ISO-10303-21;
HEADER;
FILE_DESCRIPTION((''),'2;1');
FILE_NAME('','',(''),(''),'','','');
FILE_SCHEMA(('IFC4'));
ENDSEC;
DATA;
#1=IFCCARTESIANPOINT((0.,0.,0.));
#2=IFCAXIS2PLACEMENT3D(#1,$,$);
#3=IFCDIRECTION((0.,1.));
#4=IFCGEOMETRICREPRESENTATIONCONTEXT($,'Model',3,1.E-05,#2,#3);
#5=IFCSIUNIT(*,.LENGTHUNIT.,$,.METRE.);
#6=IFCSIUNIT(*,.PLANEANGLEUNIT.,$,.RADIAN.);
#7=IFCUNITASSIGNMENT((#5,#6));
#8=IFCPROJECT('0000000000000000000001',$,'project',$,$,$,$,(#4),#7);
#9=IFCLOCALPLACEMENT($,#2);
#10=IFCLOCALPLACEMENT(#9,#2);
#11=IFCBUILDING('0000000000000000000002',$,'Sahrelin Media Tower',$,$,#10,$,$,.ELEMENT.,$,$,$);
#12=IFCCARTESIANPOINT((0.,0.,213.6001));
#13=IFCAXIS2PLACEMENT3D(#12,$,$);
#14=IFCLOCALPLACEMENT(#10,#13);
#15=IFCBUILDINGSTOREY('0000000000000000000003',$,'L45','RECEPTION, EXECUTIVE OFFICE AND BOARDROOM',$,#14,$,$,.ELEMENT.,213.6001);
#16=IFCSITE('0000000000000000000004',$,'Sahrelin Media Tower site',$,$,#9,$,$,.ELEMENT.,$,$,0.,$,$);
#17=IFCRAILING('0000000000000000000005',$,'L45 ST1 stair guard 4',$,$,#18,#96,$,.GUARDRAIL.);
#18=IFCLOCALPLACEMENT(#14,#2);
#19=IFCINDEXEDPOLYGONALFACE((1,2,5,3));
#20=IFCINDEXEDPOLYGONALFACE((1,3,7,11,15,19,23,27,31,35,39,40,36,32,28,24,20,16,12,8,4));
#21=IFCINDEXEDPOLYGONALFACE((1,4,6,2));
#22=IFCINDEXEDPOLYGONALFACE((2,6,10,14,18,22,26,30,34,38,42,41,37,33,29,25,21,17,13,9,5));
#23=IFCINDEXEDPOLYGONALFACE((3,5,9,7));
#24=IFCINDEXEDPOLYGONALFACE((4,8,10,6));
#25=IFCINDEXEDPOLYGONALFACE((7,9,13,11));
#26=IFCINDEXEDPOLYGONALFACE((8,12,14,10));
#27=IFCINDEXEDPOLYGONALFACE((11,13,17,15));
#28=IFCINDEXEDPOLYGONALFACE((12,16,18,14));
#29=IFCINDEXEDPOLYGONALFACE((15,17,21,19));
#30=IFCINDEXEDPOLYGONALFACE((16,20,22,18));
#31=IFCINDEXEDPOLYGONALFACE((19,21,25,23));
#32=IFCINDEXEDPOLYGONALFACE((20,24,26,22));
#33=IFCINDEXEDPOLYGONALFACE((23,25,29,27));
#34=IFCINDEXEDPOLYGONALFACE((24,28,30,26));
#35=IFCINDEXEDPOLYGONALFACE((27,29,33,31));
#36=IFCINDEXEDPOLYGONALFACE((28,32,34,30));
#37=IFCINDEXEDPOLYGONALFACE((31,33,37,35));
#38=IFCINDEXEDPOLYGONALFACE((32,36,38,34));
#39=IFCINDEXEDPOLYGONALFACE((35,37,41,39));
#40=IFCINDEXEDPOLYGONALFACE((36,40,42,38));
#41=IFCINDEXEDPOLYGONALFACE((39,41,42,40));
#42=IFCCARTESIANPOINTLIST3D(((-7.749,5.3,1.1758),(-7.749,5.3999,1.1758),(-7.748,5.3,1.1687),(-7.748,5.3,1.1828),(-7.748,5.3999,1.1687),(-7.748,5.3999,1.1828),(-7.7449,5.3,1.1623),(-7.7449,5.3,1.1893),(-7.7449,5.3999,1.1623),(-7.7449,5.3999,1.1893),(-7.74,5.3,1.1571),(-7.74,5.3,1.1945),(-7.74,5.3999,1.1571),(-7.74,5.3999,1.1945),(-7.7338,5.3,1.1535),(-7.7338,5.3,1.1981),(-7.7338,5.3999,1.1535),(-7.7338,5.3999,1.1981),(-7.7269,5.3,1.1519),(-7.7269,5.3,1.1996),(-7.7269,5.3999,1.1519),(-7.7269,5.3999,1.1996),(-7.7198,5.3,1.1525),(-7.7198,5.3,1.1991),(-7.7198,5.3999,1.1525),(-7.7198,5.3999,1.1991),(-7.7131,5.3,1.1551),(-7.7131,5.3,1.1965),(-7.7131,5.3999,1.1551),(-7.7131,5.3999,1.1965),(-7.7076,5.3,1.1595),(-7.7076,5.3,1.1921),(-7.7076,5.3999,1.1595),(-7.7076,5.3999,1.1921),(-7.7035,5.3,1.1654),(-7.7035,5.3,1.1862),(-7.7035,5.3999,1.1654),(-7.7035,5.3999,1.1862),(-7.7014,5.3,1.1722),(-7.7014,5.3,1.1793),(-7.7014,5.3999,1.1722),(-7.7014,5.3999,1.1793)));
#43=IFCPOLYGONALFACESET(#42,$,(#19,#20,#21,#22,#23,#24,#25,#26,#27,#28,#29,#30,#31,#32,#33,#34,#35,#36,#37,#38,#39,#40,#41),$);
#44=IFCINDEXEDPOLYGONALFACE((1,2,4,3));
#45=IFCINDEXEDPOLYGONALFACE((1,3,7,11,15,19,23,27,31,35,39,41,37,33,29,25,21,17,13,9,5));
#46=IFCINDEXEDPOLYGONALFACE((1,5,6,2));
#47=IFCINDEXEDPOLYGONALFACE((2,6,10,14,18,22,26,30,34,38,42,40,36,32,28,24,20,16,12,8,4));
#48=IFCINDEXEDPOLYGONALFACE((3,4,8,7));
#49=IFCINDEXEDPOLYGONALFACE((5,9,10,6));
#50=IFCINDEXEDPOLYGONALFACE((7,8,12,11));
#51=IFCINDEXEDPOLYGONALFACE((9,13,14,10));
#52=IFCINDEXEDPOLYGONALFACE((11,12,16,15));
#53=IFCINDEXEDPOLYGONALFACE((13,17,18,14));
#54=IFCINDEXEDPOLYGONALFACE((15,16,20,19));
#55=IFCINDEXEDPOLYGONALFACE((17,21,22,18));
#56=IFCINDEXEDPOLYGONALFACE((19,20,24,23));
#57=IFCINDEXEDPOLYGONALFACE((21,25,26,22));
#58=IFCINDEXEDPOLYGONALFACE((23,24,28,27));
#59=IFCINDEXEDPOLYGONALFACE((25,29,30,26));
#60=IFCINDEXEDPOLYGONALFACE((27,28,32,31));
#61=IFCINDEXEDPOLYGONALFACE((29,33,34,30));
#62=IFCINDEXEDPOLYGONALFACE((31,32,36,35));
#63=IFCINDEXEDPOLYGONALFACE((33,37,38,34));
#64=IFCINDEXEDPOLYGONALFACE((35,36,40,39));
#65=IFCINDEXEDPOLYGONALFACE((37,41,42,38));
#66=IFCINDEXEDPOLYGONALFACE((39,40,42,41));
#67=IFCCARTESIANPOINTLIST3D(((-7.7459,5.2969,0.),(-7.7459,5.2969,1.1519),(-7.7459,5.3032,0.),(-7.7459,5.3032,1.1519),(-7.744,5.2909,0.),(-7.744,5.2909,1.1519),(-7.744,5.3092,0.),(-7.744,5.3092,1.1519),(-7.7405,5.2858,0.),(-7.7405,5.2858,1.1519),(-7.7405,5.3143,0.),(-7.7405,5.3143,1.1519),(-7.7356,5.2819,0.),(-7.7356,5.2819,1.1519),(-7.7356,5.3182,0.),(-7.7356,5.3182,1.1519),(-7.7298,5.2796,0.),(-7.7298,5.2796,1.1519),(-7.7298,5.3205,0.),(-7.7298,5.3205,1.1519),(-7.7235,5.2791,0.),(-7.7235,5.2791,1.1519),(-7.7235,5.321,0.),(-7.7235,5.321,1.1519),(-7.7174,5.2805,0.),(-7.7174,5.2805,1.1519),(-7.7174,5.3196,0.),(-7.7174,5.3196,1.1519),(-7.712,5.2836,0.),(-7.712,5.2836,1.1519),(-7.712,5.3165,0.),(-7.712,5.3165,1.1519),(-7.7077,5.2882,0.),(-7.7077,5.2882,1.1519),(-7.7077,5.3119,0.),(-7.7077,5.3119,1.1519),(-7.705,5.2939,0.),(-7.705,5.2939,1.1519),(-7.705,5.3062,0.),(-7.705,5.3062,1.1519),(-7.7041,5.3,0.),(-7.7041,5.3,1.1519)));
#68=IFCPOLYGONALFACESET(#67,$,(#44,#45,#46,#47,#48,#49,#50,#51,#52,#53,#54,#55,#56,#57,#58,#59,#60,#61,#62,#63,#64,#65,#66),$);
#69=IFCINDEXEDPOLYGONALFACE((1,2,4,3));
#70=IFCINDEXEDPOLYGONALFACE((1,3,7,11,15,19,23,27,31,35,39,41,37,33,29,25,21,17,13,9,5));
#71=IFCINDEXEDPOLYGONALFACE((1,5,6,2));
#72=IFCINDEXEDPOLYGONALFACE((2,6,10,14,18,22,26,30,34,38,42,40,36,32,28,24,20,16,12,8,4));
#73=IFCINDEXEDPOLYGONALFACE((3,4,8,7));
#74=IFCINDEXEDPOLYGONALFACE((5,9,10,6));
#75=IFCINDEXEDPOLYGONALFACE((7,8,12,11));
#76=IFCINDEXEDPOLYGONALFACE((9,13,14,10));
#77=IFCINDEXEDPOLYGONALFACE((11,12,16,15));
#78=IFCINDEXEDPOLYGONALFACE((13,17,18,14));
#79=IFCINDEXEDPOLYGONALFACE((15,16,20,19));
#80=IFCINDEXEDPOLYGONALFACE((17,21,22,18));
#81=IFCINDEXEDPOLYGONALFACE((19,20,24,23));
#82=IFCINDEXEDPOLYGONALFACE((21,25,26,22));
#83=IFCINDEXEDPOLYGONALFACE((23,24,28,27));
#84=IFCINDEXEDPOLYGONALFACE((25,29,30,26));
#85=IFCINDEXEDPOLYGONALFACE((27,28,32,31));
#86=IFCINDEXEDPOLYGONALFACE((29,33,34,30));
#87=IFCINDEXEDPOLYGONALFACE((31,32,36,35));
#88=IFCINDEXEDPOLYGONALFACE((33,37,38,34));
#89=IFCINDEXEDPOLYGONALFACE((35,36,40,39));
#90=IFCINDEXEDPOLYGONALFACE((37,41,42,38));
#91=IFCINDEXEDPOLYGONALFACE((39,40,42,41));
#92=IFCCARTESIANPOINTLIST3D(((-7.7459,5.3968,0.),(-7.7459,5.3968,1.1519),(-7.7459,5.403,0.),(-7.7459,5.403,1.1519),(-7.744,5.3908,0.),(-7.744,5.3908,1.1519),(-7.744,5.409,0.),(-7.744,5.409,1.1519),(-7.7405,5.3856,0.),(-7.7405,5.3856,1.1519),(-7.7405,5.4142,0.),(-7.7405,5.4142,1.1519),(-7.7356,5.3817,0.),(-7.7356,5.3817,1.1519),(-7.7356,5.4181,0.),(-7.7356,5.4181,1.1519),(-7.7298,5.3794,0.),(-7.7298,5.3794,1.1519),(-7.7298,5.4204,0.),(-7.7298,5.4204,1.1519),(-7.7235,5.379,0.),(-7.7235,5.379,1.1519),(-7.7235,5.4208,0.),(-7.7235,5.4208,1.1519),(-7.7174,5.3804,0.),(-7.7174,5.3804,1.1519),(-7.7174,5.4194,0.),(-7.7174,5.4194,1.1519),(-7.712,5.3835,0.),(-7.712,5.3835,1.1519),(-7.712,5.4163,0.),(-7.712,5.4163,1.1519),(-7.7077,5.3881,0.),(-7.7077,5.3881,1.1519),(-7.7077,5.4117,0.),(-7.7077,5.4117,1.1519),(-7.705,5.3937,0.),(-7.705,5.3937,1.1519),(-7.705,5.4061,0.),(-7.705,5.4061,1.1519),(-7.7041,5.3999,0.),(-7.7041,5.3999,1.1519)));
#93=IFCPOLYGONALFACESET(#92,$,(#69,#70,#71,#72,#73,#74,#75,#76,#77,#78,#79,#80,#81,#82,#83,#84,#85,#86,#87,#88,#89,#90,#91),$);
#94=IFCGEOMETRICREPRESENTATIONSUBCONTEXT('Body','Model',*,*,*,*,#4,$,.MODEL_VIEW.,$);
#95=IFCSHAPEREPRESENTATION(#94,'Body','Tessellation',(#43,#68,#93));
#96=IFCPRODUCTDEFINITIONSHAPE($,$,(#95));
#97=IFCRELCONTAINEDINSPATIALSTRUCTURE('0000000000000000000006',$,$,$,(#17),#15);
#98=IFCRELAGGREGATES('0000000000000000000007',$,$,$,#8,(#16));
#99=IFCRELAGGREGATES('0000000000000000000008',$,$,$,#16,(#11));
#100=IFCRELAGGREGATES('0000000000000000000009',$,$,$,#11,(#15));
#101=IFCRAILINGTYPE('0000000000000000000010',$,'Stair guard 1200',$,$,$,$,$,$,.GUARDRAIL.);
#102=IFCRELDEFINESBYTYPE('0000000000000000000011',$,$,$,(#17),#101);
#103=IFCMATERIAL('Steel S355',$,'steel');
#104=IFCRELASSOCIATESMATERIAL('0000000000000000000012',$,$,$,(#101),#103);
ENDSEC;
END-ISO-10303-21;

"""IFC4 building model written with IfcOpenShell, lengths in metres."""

from ifc_helpers import new_model, si_unit, direction, frame, origin, origin_2d, place, context, subcontext, project, spatial, circle, extrude, material, type_object, element, save


model = new_model("IFC4")

# Units and contexts
model_context = context("Model", 3, precision=1e-05, world=origin(), true_north=direction((0.0, 1.0)))
body_context = subcontext(model_context, "Body", "Model", "MODEL_VIEW")
ifc_project = project(units=[si_unit("LENGTHUNIT", "METRE"), si_unit("PLANEANGLEUNIT", "RADIAN")], contexts=[model_context])

# Site, building, storey
site_placement = place(None, origin())
site = spatial("IfcSite", under=ifc_project, at=site_placement, Name="Sahrelin Media Tower site", CompositionType="ELEMENT", RefElevation=0.0)
building_placement = place(site_placement, origin())
building = spatial("IfcBuilding", under=site, at=building_placement, Name="Sahrelin Media Tower", CompositionType="ELEMENT")
storey_placement = place(building_placement, frame((0.0, 0.0, 213.6001)))
storey = spatial("IfcBuildingStorey", under=building, at=storey_placement, Name="L45", Description="RECEPTION, EXECUTIVE OFFICE AND BOARDROOM", CompositionType="ELEMENT", Elevation=213.6001)

# Shared definitions
ifc_material_1 = material(Name="Steel S355", Category="steel")

# Railing
railing_type_1 = type_object("IfcRailingType", Name="Stair guard 1200", PredefinedType="GUARDRAIL", material=ifc_material_1)
railing_1_placement = place(storey_placement, frame((-7.7251, 5.3, 0.0)))
element("IfcRailing", 1, at=railing_1_placement, inside=storey, type_object=railing_type_1, Name="L45 ST1 stair guard 4", PredefinedType="GUARDRAIL", context=body_context, shape_type="SweptSolid", body=[
    extrude(circle(Radius=0.0239, at=origin_2d()), frame((0.0, 0.0, 1.1758), z_axis=(0.0, 1.0, 0.0), x_axis=(-1.0, 0.0, 0.0)), (0.0, 0.0, 1.0), 0.0999),
    extrude(circle(Radius=0.021, at=origin_2d()), origin(), (0.0, 0.0, 1.0), 1.1519),
    extrude(circle(Radius=0.021, at=origin_2d()), frame((0.0, 0.0999, 0.0)), (0.0, 0.0, 1.0), 1.1519),
])

save(model, "model.ifc")
